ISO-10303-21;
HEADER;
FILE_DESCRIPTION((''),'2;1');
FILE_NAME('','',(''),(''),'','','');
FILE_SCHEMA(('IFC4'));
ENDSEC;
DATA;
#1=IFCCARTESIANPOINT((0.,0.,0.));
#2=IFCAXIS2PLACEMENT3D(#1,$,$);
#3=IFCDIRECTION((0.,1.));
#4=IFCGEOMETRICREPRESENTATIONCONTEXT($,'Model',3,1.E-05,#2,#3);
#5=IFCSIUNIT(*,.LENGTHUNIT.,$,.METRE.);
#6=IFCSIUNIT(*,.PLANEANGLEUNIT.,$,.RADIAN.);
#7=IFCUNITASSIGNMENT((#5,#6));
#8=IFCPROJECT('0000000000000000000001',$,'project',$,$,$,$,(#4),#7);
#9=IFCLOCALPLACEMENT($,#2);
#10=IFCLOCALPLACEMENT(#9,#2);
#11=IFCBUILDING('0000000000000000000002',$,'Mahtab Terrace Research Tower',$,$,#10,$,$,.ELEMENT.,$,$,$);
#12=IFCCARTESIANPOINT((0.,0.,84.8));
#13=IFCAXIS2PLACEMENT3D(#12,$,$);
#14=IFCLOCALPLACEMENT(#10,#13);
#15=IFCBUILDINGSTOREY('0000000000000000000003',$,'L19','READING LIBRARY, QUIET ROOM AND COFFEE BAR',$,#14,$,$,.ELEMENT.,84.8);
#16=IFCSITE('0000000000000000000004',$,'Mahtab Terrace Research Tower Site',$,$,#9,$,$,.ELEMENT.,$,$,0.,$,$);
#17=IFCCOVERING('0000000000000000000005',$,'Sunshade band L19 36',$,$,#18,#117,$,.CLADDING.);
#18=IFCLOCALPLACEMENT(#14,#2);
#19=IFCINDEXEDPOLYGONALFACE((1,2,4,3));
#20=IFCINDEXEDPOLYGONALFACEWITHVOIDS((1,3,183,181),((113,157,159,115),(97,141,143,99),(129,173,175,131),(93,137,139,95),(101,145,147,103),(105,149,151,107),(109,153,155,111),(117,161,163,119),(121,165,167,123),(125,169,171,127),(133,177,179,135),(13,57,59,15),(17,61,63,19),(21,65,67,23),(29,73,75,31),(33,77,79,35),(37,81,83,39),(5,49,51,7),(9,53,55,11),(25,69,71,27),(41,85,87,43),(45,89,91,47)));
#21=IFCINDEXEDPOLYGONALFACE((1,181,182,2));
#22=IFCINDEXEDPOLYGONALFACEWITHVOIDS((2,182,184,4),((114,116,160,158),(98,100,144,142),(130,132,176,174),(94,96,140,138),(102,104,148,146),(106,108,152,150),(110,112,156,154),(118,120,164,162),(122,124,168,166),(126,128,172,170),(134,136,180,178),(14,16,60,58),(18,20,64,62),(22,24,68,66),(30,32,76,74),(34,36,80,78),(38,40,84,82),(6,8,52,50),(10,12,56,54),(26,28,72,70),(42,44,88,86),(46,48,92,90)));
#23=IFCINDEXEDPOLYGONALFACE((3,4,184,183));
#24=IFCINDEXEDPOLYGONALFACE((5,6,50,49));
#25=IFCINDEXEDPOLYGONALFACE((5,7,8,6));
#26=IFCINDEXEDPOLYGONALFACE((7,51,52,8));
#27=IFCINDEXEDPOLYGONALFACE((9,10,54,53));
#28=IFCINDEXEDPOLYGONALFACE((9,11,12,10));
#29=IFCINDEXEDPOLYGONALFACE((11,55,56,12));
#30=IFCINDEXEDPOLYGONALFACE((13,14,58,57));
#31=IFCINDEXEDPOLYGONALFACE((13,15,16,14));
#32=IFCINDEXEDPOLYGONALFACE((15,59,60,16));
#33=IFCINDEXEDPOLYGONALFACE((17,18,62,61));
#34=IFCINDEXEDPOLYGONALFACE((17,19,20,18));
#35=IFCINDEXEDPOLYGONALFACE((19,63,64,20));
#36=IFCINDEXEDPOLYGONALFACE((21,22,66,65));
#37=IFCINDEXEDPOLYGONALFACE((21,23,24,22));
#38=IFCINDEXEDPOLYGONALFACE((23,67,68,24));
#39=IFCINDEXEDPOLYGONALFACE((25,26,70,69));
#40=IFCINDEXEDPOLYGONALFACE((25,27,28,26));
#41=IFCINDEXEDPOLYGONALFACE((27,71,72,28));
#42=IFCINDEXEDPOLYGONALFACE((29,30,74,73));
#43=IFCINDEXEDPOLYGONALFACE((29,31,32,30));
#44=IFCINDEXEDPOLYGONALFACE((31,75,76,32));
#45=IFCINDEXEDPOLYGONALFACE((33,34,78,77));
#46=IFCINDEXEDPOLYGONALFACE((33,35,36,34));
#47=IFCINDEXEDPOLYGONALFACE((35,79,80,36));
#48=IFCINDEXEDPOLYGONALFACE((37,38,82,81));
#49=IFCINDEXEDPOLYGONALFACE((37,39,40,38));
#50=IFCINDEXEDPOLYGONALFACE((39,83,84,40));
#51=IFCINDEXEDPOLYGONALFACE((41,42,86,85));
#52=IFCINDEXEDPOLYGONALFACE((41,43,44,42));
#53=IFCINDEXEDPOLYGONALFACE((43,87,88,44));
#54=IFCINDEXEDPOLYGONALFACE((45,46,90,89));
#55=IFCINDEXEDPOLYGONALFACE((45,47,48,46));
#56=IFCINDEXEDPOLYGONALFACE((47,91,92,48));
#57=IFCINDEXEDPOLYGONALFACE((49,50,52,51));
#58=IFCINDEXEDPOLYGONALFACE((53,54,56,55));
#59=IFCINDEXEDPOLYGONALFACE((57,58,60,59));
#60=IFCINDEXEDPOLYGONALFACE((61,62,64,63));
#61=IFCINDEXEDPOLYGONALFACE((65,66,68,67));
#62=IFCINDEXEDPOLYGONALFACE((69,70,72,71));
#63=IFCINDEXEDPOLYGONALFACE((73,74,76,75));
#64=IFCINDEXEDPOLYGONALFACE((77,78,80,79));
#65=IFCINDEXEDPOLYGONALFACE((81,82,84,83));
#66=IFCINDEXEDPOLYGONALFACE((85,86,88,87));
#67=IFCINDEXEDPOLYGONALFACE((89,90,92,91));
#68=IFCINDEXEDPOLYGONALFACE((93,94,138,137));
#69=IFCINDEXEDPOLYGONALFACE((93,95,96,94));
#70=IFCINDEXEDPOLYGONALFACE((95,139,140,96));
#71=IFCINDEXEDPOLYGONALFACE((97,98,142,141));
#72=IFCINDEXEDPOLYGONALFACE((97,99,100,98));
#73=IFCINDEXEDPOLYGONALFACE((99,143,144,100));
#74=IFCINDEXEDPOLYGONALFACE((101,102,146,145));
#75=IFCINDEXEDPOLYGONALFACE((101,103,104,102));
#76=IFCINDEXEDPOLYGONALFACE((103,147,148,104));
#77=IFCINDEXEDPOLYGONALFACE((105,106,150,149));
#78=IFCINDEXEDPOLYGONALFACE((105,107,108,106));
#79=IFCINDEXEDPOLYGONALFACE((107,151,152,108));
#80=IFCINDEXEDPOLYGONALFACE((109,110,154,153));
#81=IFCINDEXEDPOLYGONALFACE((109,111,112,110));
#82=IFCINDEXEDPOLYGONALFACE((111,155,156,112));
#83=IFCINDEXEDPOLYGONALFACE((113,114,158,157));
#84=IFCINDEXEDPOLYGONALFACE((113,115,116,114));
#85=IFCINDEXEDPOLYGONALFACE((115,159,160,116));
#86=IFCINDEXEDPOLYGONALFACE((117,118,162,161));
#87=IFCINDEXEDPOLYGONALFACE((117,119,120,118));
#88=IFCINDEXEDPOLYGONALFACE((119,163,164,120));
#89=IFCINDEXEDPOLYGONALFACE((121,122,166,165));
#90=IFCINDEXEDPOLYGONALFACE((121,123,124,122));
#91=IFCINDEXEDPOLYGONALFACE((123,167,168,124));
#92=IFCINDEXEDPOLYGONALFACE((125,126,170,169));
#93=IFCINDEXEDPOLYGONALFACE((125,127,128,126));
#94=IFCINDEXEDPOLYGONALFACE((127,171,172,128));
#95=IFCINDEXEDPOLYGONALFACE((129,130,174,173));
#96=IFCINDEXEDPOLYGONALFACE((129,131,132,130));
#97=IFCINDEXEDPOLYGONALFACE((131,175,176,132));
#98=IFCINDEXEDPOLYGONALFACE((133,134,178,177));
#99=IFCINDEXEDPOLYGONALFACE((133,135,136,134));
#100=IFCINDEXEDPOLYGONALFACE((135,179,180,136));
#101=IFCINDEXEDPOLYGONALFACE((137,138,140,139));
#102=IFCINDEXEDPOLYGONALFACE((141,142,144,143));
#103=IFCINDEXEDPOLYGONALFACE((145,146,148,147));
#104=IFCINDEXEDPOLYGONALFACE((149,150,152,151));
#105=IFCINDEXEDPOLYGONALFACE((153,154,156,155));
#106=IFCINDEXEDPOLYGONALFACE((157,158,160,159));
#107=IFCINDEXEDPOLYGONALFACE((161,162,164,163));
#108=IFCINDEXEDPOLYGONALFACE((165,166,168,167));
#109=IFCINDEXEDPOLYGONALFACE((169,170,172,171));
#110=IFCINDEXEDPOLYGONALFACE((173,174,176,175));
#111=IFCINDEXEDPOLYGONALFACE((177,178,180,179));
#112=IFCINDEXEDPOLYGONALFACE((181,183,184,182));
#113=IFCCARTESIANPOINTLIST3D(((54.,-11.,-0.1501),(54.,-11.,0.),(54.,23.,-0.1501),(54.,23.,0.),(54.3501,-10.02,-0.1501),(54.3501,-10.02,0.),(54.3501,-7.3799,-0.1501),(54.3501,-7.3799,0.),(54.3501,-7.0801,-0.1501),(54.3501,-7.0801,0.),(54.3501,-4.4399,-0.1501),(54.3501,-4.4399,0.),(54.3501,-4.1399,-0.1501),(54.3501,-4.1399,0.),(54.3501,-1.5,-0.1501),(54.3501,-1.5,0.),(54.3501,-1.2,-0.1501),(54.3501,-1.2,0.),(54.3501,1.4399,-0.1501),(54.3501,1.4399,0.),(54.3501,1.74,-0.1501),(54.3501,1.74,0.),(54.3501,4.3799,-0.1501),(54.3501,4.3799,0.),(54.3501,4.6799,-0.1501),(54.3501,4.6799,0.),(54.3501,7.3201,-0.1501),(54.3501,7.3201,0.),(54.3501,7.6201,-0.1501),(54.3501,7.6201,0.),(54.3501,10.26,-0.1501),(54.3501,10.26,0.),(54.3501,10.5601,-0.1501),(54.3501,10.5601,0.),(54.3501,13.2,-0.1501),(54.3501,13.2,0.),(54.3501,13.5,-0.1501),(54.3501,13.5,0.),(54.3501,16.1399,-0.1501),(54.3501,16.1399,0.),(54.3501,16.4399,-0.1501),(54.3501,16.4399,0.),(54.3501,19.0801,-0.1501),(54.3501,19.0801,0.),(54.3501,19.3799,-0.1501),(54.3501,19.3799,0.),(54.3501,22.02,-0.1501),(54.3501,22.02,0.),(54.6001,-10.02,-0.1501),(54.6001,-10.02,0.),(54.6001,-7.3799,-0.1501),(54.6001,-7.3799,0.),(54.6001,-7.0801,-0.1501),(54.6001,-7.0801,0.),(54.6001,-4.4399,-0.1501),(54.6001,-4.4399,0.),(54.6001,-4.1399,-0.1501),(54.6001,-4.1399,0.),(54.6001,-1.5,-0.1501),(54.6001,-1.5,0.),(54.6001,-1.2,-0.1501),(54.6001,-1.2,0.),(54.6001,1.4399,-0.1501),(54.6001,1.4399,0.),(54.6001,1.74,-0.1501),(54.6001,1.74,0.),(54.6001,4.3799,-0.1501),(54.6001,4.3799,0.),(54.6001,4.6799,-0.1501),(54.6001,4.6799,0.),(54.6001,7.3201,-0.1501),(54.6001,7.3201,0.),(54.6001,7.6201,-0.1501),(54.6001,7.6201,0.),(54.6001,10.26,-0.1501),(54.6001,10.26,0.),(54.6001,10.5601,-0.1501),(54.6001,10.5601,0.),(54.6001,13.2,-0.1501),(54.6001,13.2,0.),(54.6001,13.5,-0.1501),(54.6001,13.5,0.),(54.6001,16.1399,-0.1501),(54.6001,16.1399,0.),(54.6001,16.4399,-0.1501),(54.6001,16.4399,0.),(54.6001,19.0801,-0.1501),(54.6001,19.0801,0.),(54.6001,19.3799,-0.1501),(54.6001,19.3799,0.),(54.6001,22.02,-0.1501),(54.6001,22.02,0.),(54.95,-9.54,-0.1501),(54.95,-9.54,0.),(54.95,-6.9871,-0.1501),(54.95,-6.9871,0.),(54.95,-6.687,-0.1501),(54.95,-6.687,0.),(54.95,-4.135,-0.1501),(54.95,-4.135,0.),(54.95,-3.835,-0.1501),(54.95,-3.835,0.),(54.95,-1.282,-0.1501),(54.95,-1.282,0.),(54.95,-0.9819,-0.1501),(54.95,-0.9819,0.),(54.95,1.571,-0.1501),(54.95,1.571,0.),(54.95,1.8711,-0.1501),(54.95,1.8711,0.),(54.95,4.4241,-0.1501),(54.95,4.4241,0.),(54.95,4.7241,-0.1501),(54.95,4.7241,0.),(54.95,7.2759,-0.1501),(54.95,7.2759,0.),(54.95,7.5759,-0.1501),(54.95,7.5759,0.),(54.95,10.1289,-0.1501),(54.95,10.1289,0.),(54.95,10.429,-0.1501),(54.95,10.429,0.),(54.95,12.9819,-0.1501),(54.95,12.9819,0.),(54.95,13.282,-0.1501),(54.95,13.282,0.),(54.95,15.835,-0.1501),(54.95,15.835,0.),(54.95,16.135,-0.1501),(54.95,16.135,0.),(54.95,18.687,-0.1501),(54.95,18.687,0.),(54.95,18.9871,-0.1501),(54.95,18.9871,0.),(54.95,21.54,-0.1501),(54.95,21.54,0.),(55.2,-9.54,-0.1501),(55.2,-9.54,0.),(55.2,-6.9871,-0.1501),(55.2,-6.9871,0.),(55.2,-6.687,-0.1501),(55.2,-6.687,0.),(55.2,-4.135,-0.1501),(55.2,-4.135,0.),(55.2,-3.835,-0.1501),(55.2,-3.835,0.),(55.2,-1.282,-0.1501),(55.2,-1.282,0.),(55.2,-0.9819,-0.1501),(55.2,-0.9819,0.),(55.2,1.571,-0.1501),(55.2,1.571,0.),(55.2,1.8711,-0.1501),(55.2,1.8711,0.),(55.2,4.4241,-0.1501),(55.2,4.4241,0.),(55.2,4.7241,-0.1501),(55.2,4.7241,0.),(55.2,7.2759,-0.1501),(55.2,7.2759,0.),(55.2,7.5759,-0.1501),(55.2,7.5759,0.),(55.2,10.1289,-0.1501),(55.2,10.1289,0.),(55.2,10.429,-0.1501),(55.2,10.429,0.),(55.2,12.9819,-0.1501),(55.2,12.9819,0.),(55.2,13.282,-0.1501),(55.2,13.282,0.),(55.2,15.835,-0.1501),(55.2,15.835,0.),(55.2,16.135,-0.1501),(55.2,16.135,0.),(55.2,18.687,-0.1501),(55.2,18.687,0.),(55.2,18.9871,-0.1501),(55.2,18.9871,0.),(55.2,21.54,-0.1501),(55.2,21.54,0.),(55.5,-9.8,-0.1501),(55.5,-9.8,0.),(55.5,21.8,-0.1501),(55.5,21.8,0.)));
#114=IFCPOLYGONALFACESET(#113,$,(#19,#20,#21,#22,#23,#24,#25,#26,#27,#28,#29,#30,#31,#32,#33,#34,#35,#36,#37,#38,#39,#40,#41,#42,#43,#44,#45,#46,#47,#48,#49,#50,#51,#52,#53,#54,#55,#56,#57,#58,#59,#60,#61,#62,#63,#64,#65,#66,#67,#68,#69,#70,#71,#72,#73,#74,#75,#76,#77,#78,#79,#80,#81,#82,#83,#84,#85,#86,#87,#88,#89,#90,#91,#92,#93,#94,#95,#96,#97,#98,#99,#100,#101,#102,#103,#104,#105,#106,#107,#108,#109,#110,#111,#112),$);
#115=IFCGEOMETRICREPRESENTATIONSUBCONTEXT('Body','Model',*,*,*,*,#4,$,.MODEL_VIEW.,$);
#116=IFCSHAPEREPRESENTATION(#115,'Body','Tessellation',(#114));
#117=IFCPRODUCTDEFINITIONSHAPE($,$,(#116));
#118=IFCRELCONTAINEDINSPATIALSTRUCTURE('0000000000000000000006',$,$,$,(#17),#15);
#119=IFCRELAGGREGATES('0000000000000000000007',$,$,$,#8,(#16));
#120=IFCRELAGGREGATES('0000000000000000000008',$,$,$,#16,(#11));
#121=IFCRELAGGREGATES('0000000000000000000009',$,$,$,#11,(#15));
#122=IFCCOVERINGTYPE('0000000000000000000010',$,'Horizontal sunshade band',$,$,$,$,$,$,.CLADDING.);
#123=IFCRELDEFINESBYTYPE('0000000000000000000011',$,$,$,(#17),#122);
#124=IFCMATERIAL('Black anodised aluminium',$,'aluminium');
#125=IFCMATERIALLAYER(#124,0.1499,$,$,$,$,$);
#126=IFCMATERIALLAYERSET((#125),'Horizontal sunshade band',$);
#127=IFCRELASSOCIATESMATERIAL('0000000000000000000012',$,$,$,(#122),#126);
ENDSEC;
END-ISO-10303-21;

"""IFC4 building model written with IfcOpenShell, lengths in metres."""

from ifc_helpers import new_model, si_unit, direction, frame, origin, place, context, subcontext, project, spatial, polyline, outline, extrude, material, layer, layer_set, type_object, element, save


model = new_model("IFC4")

# Units and contexts
model_context = context("Model", 3, precision=1e-05, world=origin(), true_north=direction((0.0, 1.0)))
body_context = subcontext(model_context, "Body", "Model", "MODEL_VIEW")
ifc_project = project(units=[si_unit("LENGTHUNIT", "METRE"), si_unit("PLANEANGLEUNIT", "RADIAN")], contexts=[model_context])

# Site, building, storey
site_placement = place(None, origin())
site = spatial("IfcSite", under=ifc_project, at=site_placement, Name="Mahtab Terrace Research Tower Site", CompositionType="ELEMENT", RefElevation=0.0)
building_placement = place(site_placement, origin())
building = spatial("IfcBuilding", under=site, at=building_placement, Name="Mahtab Terrace Research Tower", CompositionType="ELEMENT")
storey_placement = place(building_placement, frame((0.0, 0.0, 84.8)))
storey = spatial("IfcBuildingStorey", under=building, at=storey_placement, Name="L19", Description="READING LIBRARY, QUIET ROOM AND COFFEE BAR", CompositionType="ELEMENT", Elevation=84.8)

# Covering
ifc_material_1 = material(Name="Black anodised aluminium", Category="aluminium")
ifc_layer_1 = layer(ifc_material_1, 0.1499)
ifc_layer_set_1 = layer_set([ifc_layer_1], Name="Horizontal sunshade band")
covering_type_1 = type_object("IfcCoveringType", Name="Horizontal sunshade band", PredefinedType="CLADDING", material=ifc_layer_set_1)
covering_1_placement = place(storey_placement, frame((0.0, 0.0, -0.1501)))
element("IfcCovering", 1, at=covering_1_placement, inside=storey, type_object=covering_type_1, Name="Sunshade band L19 36", PredefinedType="CLADDING", context=body_context, shape_type="SweptSolid", body=[
    extrude(outline(polyline([(54.0, -11.0), (54.0, 23.0), (55.5, 21.8), (55.5, -9.8), (54.0, -11.0)]), holes=[polyline([(54.3501, -10.02), (54.3501, -7.3799), (54.6001, -7.3799), (54.6001, -10.02), (54.3501, -10.02)]), polyline([(54.3501, -7.0801), (54.3501, -4.4399), (54.6001, -4.4399), (54.6001, -7.0801), (54.3501, -7.0801)]), polyline([(54.3501, -4.1399), (54.3501, -1.5), (54.6001, -1.5), (54.6001, -4.1399), (54.3501, -4.1399)]), polyline([(54.3501, -1.2), (54.3501, 1.4399), (54.6001, 1.4399), (54.6001, -1.2), (54.3501, -1.2)]), polyline([(54.3501, 1.74), (54.3501, 4.3799), (54.6001, 4.3799), (54.6001, 1.74), (54.3501, 1.74)]), polyline([(54.3501, 4.6799), (54.3501, 7.3201), (54.6001, 7.3201), (54.6001, 4.6799), (54.3501, 4.6799)]), polyline([(54.3501, 7.6201), (54.3501, 10.26), (54.6001, 10.26), (54.6001, 7.6201), (54.3501, 7.6201)]), polyline([(54.3501, 10.5601), (54.3501, 13.2), (54.6001, 13.2), (54.6001, 10.5601), (54.3501, 10.5601)]), polyline([(54.3501, 13.5), (54.3501, 16.1399), (54.6001, 16.1399), (54.6001, 13.5), (54.3501, 13.5)]), polyline([(54.3501, 16.4399), (54.3501, 19.0801), (54.6001, 19.0801), (54.6001, 16.4399), (54.3501, 16.4399)]), polyline([(54.3501, 19.3799), (54.3501, 22.02), (54.6001, 22.02), (54.6001, 19.3799), (54.3501, 19.3799)]), polyline([(54.95, -9.54), (54.95, -6.9871), (55.2, -6.9871), (55.2, -9.54), (54.95, -9.54)]), polyline([(54.95, -6.687), (54.95, -4.135), (55.2, -4.135), (55.2, -6.687), (54.95, -6.687)]), polyline([(54.95, -3.835), (54.95, -1.282), (55.2, -1.282), (55.2, -3.835), (54.95, -3.835)]), polyline([(54.95, -0.9819), (54.95, 1.571), (55.2, 1.571), (55.2, -0.9819), (54.95, -0.9819)]), polyline([(54.95, 1.8711), (54.95, 4.4241), (55.2, 4.4241), (55.2, 1.8711), (54.95, 1.8711)]), polyline([(54.95, 4.7241), (54.95, 7.2759), (55.2, 7.2759), (55.2, 4.7241), (54.95, 4.7241)]), polyline([(54.95, 7.5759), (54.95, 10.1289), (55.2, 10.1289), (55.2, 7.5759), (54.95, 7.5759)]), polyline([(54.95, 10.429), (54.95, 12.9819), (55.2, 12.9819), (55.2, 10.429), (54.95, 10.429)]), polyline([(54.95, 13.282), (54.95, 15.835), (55.2, 15.835), (55.2, 13.282), (54.95, 13.282)]), polyline([(54.95, 16.135), (54.95, 18.687), (55.2, 18.687), (55.2, 16.135), (54.95, 16.135)]), polyline([(54.95, 18.9871), (54.95, 21.54), (55.2, 21.54), (55.2, 18.9871), (54.95, 18.9871)])]), origin(), (0.0, 0.0, 1.0), 0.1501),
])

save(model, "model.ifc")
